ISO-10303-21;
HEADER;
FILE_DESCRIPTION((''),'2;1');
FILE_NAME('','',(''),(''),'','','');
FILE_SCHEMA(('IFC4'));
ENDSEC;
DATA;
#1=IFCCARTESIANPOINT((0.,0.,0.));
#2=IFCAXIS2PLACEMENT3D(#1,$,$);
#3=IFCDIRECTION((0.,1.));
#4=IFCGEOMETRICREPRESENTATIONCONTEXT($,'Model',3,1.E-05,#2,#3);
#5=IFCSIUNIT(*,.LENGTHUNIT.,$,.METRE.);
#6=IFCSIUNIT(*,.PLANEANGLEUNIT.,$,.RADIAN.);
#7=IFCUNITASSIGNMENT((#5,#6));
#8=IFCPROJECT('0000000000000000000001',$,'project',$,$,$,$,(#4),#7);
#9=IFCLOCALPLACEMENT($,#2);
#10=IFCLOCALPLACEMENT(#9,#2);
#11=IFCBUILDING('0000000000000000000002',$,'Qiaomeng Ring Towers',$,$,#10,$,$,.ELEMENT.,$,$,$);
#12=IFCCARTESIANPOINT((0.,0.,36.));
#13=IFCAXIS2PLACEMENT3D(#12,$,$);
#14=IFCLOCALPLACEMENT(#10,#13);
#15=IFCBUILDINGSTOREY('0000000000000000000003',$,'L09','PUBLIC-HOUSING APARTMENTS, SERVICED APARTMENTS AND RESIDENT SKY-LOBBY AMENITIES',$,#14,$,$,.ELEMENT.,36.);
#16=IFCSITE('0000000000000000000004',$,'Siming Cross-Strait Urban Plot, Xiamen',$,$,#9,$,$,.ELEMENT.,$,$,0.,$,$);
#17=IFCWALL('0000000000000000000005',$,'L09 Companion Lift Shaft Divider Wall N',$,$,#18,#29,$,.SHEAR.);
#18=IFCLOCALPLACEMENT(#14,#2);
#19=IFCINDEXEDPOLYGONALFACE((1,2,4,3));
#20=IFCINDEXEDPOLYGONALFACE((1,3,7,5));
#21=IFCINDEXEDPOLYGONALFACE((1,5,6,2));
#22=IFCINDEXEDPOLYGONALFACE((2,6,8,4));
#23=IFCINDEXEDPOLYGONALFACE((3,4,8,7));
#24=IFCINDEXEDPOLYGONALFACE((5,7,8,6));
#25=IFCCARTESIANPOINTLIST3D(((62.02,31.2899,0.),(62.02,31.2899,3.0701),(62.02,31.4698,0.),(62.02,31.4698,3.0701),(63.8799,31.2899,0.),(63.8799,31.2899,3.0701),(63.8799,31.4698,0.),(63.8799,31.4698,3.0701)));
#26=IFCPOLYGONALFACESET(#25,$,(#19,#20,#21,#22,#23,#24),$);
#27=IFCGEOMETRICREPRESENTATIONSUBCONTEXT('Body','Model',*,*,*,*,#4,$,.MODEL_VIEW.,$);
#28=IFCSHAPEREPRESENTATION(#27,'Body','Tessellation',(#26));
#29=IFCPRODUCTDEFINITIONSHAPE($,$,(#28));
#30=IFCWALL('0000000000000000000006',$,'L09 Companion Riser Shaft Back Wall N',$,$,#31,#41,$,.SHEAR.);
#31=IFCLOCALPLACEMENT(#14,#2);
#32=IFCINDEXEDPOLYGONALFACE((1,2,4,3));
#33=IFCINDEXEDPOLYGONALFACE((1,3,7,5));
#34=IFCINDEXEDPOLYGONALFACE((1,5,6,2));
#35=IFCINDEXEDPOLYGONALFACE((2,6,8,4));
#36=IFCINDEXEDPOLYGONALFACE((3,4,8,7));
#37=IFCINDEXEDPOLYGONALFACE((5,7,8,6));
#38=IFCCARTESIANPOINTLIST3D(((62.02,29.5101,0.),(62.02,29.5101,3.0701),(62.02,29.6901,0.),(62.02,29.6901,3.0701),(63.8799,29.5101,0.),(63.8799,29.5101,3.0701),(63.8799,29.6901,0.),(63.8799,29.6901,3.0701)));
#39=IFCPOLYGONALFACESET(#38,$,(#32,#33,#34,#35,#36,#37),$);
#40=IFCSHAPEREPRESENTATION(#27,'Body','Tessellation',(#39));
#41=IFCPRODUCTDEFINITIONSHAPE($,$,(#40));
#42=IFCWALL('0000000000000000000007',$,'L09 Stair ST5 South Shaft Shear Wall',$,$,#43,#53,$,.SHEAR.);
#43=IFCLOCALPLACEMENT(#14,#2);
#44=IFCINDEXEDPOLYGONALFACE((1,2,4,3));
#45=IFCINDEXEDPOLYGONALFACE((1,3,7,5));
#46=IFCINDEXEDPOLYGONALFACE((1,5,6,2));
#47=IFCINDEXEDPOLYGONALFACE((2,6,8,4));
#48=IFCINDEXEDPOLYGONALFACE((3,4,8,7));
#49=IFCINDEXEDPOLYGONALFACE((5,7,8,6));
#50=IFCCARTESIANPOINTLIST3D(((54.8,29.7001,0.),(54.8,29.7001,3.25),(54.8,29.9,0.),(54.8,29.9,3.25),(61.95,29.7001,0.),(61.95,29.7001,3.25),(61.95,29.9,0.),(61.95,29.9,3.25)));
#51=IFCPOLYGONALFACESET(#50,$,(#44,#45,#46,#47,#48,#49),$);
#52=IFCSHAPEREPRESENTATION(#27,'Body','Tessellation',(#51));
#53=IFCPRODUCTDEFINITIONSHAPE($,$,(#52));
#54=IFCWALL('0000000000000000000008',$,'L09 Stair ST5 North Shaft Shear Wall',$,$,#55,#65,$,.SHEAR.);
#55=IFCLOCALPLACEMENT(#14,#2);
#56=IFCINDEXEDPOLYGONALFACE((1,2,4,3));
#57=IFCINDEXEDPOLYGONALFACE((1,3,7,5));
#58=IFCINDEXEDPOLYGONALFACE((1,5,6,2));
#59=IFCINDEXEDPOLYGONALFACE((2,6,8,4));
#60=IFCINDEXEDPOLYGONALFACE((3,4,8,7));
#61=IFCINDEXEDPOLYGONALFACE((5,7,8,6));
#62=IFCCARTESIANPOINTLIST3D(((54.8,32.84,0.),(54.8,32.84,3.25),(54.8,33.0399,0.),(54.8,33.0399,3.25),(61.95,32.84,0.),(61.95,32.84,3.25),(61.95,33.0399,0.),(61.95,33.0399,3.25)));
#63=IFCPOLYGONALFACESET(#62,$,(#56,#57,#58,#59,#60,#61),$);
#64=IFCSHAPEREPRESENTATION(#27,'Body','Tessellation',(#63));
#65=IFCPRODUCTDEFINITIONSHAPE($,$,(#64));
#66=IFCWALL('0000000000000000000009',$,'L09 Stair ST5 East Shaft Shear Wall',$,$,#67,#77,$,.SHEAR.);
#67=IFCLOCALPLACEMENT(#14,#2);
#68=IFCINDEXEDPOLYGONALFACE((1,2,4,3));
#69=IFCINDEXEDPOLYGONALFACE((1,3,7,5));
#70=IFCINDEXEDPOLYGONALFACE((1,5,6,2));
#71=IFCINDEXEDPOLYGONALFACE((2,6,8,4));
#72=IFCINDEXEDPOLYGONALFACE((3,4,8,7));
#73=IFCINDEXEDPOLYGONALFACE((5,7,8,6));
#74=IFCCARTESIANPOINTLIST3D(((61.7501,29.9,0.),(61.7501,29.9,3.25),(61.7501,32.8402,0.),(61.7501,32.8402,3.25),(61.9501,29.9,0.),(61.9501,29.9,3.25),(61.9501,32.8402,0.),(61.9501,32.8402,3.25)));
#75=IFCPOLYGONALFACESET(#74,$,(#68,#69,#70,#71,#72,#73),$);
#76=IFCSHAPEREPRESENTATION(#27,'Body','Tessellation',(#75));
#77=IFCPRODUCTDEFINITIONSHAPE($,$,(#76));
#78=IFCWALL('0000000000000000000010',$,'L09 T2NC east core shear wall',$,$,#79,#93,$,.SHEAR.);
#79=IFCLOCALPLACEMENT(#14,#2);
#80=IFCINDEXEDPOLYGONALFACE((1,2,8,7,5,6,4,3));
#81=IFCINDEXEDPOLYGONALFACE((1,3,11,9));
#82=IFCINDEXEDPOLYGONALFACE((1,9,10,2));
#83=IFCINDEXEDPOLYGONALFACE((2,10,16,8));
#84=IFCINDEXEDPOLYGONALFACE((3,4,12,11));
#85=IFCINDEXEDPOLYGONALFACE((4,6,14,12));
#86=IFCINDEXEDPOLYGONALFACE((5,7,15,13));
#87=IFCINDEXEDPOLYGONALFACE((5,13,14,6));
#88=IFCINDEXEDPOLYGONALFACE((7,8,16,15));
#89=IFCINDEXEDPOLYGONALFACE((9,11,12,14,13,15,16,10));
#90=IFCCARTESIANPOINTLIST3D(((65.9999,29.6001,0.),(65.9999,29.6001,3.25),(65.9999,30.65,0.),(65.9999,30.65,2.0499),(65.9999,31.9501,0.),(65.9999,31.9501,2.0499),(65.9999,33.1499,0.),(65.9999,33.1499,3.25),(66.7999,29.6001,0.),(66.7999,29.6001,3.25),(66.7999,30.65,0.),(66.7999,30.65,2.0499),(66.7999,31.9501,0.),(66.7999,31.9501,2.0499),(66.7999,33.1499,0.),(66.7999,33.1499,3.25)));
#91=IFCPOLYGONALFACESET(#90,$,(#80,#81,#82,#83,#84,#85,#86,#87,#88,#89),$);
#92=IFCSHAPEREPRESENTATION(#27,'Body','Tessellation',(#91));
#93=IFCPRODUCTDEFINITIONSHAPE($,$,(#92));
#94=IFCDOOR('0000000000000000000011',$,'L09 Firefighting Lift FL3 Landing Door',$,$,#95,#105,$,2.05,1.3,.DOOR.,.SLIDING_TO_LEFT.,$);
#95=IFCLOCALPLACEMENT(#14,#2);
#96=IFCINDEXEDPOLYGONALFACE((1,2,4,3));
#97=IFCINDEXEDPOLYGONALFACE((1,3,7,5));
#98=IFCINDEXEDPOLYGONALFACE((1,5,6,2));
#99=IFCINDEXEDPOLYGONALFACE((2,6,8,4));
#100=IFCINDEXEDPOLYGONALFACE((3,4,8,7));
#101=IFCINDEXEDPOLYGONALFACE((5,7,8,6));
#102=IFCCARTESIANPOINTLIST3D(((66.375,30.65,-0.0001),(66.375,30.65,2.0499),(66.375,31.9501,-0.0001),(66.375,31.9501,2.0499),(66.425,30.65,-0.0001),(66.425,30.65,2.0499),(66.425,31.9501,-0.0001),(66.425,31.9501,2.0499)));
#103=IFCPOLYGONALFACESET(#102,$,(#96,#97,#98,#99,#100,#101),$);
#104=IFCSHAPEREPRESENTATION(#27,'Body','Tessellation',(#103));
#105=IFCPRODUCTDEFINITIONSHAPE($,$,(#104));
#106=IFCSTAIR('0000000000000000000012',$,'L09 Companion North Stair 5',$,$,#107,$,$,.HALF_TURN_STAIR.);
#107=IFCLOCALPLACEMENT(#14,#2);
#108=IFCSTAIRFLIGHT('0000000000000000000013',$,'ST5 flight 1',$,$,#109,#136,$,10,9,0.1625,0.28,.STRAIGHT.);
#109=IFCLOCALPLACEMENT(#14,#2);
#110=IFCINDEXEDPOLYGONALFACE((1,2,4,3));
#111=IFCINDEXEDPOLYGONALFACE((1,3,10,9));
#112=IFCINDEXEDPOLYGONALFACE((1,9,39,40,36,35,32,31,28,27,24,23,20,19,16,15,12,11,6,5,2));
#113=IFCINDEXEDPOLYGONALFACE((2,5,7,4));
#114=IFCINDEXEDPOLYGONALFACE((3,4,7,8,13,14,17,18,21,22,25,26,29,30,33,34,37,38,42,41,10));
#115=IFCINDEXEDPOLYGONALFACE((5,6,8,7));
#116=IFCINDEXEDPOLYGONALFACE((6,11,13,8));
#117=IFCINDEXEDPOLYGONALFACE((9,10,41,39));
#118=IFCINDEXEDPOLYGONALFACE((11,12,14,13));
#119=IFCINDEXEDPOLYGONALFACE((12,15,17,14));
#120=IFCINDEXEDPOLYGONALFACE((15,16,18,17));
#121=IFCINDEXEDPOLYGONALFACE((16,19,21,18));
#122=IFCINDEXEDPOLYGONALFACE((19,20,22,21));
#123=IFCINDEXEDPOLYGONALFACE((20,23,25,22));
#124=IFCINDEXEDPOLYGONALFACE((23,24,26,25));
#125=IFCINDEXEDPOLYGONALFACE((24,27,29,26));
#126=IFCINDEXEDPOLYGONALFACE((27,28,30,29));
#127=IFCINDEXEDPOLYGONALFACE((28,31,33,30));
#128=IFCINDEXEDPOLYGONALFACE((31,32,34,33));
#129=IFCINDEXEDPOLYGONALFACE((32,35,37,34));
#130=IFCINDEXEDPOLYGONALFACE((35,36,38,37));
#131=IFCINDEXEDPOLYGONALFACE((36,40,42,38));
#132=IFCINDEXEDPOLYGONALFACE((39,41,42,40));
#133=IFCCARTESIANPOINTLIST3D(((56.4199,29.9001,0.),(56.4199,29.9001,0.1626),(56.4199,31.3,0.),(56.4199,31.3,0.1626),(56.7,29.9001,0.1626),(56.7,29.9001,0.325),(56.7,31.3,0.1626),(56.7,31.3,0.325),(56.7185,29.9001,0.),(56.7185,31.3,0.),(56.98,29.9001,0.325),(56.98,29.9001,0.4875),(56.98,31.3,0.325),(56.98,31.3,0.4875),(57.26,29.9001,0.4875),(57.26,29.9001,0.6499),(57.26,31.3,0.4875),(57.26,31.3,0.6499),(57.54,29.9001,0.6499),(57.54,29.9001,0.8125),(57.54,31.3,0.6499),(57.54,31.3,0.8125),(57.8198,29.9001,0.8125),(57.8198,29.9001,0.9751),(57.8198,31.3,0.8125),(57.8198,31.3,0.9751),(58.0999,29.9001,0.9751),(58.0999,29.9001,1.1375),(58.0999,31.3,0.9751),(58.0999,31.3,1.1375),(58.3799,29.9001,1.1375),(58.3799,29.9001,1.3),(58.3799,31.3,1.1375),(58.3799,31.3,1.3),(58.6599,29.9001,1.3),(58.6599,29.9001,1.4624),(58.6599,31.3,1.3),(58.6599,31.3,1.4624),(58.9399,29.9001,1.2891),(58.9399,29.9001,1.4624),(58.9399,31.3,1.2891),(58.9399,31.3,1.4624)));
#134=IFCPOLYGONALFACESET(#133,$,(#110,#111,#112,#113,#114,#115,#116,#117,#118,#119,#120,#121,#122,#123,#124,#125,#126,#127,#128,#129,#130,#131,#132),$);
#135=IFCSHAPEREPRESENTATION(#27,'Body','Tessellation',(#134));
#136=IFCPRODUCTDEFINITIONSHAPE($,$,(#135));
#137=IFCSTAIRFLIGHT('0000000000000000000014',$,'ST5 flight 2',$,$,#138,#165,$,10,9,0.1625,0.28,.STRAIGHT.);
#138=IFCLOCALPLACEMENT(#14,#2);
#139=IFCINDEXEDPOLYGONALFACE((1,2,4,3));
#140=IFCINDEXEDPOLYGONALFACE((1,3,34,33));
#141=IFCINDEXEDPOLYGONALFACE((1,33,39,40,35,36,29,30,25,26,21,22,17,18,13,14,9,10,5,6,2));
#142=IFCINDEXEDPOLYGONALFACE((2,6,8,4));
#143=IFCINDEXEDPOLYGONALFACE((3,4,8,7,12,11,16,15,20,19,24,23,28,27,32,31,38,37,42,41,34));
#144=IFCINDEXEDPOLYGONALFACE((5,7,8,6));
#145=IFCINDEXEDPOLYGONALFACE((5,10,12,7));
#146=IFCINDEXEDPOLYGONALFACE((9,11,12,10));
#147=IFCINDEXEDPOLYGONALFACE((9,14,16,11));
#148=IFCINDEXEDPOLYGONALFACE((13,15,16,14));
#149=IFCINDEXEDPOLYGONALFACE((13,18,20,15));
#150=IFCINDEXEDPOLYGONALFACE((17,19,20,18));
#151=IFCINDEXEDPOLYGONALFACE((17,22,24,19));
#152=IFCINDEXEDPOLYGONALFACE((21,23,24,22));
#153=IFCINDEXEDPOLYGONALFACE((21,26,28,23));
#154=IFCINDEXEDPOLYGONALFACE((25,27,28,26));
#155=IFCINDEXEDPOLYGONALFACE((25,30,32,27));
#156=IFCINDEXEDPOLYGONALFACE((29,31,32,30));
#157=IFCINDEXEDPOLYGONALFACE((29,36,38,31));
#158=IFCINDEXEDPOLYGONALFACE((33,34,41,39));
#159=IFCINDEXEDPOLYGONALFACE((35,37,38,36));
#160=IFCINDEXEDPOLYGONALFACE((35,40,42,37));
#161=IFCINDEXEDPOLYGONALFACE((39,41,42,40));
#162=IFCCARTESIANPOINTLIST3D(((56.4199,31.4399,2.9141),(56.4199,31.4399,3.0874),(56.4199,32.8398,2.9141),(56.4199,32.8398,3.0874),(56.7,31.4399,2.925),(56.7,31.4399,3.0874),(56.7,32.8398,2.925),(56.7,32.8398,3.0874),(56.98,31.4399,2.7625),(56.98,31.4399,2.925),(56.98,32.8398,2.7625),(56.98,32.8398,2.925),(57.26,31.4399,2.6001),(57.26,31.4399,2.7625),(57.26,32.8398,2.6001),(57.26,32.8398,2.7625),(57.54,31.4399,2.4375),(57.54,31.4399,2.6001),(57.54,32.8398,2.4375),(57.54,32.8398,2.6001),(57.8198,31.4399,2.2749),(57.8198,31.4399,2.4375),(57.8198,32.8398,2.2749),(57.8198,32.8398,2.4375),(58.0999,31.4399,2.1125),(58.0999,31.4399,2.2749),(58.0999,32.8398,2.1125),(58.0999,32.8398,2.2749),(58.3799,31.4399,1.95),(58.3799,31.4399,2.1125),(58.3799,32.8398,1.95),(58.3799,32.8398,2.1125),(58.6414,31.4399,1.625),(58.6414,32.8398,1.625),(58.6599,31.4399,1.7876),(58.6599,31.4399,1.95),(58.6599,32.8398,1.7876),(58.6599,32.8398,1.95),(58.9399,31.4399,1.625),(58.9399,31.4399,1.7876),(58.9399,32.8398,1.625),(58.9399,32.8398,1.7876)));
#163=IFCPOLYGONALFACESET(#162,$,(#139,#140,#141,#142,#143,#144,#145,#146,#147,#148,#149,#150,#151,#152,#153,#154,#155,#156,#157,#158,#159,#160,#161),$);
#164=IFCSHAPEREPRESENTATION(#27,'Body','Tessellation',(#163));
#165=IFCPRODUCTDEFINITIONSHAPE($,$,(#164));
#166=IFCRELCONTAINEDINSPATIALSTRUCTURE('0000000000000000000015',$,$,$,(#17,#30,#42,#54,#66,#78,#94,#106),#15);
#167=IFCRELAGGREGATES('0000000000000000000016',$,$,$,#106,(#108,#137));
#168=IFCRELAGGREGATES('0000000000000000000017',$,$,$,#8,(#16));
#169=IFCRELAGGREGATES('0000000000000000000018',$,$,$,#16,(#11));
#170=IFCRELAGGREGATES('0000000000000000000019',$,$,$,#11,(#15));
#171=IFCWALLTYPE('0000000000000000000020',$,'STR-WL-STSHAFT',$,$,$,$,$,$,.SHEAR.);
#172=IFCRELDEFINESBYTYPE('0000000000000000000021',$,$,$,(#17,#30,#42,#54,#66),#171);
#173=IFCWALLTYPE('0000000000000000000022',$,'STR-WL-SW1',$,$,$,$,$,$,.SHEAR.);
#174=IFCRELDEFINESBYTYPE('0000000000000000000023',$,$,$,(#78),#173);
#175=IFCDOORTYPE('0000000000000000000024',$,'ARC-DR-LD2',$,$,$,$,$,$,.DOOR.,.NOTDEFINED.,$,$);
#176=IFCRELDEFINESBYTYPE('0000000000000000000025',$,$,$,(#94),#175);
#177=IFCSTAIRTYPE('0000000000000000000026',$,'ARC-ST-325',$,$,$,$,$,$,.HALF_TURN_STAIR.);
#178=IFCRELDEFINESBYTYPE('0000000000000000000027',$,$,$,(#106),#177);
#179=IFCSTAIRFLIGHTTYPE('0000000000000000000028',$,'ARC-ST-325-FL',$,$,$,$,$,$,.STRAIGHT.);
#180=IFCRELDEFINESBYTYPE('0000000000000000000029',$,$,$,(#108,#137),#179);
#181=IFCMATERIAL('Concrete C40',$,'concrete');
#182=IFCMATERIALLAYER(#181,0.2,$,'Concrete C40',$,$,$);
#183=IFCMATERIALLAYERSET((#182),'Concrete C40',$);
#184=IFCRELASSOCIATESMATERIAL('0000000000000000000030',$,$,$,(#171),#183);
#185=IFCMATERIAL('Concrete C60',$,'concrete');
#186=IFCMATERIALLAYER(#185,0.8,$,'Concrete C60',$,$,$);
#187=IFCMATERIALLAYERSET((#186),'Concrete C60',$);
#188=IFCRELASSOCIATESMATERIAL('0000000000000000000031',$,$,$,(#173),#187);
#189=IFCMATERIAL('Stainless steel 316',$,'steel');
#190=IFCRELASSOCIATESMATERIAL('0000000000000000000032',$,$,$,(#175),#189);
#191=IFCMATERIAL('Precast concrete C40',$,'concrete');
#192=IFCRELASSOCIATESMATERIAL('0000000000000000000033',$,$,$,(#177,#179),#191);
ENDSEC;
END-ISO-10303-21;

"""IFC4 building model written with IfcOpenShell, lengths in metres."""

from ifc_helpers import new_model, si_unit, direction, frame, frame_2d, origin, place, context, subcontext, project, spatial, polyline, rectangle, outline, extrude, source, transform, mapped, material, layer, layer_set, type_object, element, fill, aggregate, save


model = new_model("IFC4")

# Units and contexts
model_context = context("Model", 3, precision=1e-05, world=origin(), true_north=direction((0.0, 1.0)))
body_context = subcontext(model_context, "Body", "Model", "MODEL_VIEW")
ifc_project = project(units=[si_unit("LENGTHUNIT", "METRE"), si_unit("PLANEANGLEUNIT", "RADIAN")], contexts=[model_context])

# Site, building, storey
site_placement = place(None, origin())
site = spatial("IfcSite", under=ifc_project, at=site_placement, Name="Siming Cross-Strait Urban Plot, Xiamen", CompositionType="ELEMENT", RefElevation=0.0)
building_placement = place(site_placement, origin())
building = spatial("IfcBuilding", under=site, at=building_placement, Name="Qiaomeng Ring Towers", CompositionType="ELEMENT")
storey_placement = place(building_placement, frame((0.0, 0.0, 36.0)))
storey = spatial("IfcBuildingStorey", under=building, at=storey_placement, Name="L09", Description="PUBLIC-HOUSING APARTMENTS, SERVICED APARTMENTS AND RESIDENT SKY-LOBBY AMENITIES", CompositionType="ELEMENT", Elevation=36.0)

# Walls
ifc_material_1 = material(Name="Concrete C40", Category="concrete")
ifc_layer_1 = layer(ifc_material_1, 0.2, Name="Concrete C40")
ifc_layer_set_1 = layer_set([ifc_layer_1], Name="Concrete C40")
wall_type_1 = type_object("IfcWallType", Name="STR-WL-STSHAFT", PredefinedType="SHEAR", material=ifc_layer_set_1)
for number, where, z_axis, x_axis, name in (
    (1, (62.02, 31.3799, 0.0), (0.0, 0.0, 1.0), (1.0, 0.0, 0.0), "L09 Companion Lift Shaft Divider Wall N"),
    (2, (62.02, 29.6001, 0.0), (0.0, 0.0, 1.0), (1.0, 0.0, 0.0), "L09 Companion Riser Shaft Back Wall N"),
):
    element("IfcWall", number, at=place(storey_placement, frame(where, z_axis=z_axis, x_axis=x_axis)), inside=storey, type_object=wall_type_1, Name=name, PredefinedType="SHEAR", context=body_context, shape_type="SweptSolid", body=[
        extrude(rectangle(XDim=1.8599, YDim=0.1799, at=frame_2d((0.9299, 0.0))), origin(), (0.0, 0.0, 1.0), 3.0701),
    ])
for number, where, z_axis, x_axis, name in (
    (3, (54.8, 29.8, 0.0), (0.0, 0.0, 1.0), (1.0, 0.0, 0.0), "L09 Stair ST5 South Shaft Shear Wall"),
    (4, (54.8, 32.9399, 0.0), (0.0, 0.0, 1.0), (1.0, 0.0, 0.0), "L09 Stair ST5 North Shaft Shear Wall"),
):
    element("IfcWall", number, at=place(storey_placement, frame(where, z_axis=z_axis, x_axis=x_axis)), inside=storey, type_object=wall_type_1, Name=name, PredefinedType="SHEAR", context=body_context, shape_type="SweptSolid", body=[
        extrude(rectangle(XDim=7.1499, YDim=0.2, at=frame_2d((3.575, 0.0))), origin(), (0.0, 0.0, 1.0), 3.25),
    ])
wall_1_placement = place(storey_placement, frame((61.8501, 29.8999, 0.0), z_axis=(0.0, 0.0, 1.0), x_axis=(0.0, 1.0, 0.0)))
element("IfcWall", 5, at=wall_1_placement, inside=storey, type_object=wall_type_1, Name="L09 Stair ST5 East Shaft Shear Wall", PredefinedType="SHEAR", context=body_context, shape_type="SweptSolid", body=[
    extrude(rectangle(XDim=2.9402, YDim=0.2, at=frame_2d((1.4702, 0.0))), origin(), (0.0, 0.0, 1.0), 3.25),
])

# Wall, opening, door
ifc_material_2 = material(Name="Concrete C60", Category="concrete")
ifc_layer_2 = layer(ifc_material_2, 0.8, Name="Concrete C60")
ifc_layer_set_2 = layer_set([ifc_layer_2], Name="Concrete C60")
wall_type_2 = type_object("IfcWallType", Name="STR-WL-SW1", PredefinedType="SHEAR", material=ifc_layer_set_2)
wall_2_placement = place(storey_placement, frame((66.3999, 29.6001, 0.0), z_axis=(0.0, 0.0, 1.0), x_axis=(0.0, 1.0, 0.0)))
wall_2 = element("IfcWall", 6, at=wall_2_placement, inside=storey, type_object=wall_type_2, Name="L09 T2NC east core shear wall", PredefinedType="SHEAR", context=body_context, shape_type="SweptSolid", body=[
    extrude(rectangle(XDim=3.5498, YDim=0.8, at=frame_2d((1.7749, 0.0))), origin(), (0.0, 0.0, 1.0), 3.25),
])
opening_placement = place(wall_2_placement, frame((1.05, 0.0, 0.0)))
opening = element("IfcOpeningElement", 7, at=opening_placement, cuts=wall_2, PredefinedType="OPENING", context=body_context, shape_type="SweptSolid", body=[
    extrude(rectangle(XDim=1.3, YDim=2.05, at=frame_2d((0.6499, 1.0249))), frame((0.0, 0.4099, 0.0), z_axis=(0.0, -1.0, 0.0), x_axis=(1.0, 0.0, 0.0)), (0.0, 0.0, 1.0), 0.8201),
])
ifc_material_3 = material(Name="Stainless steel 316", Category="steel")
door_type = type_object("IfcDoorType", Name="ARC-DR-LD2", OperationType="NOTDEFINED", PredefinedType="DOOR", material=ifc_material_3)
shared_shape_1 = source(origin(), body_context, "Body", "SweptSolid", [
    extrude(rectangle(XDim=1.3, YDim=2.05, at=frame_2d((0.6499, 1.0249))), frame((0.0, 0.0249, 0.0), z_axis=(0.0, -1.0, 0.0), x_axis=(1.0, 0.0, 0.0)), (0.0, 0.0, 1.0), 0.05),
])
door_placement = place(opening_placement, origin())
door = element("IfcDoor", 8, at=door_placement, inside=storey, type_object=door_type, Name="L09 Firefighting Lift FL3 Landing Door", OperationType="SLIDING_TO_LEFT", OverallHeight=2.05, OverallWidth=1.3, PredefinedType="DOOR", context=body_context, shape_type="MappedRepresentation", body=[
    mapped(shared_shape_1, transform((0.0, 0.0, 0.0), x_axis=(1.0, 0.0, 0.0), y_axis=(0.0, 1.0, 0.0), z_axis=(0.0, 0.0, 1.0), scale=1.0)),
])
fill(opening, door)

# Stair, stair flights
ifc_material_4 = material(Name="Precast concrete C40", Category="concrete")
stair_type = type_object("IfcStairType", Name="ARC-ST-325", PredefinedType="HALF_TURN_STAIR", material=ifc_material_4)
stair_placement = place(storey_placement, origin())
stair = element("IfcStair", 9, at=stair_placement, inside=storey, type_object=stair_type, Name="L09 Companion North Stair 5", PredefinedType="HALF_TURN_STAIR")
stair_flight_type = type_object("IfcStairFlightType", Name="ARC-ST-325-FL", PredefinedType="STRAIGHT", material=ifc_material_4)
shared_shape_2 = source(origin(), body_context, "Body", "SweptSolid", [
    extrude(outline(polyline([(0.0, 0.0), (0.0, 0.1626), (0.28, 0.1626), (0.28, 0.325), (0.5601, 0.325), (0.5601, 0.4875), (0.8401, 0.4875), (0.8401, 0.6499), (1.1201, 0.6499), (1.1201, 0.8125), (1.3999, 0.8125), (1.3999, 0.9751), (1.6799, 0.9751), (1.6799, 1.1375), (1.96, 1.1375), (1.96, 1.3), (2.24, 1.3), (2.24, 1.4624), (2.52, 1.4624), (2.52, 1.625), (2.52, 1.2891), (0.2986, 0.0), (0.0, 0.0)])), frame((0.0, 0.7, 0.0), z_axis=(0.0, -1.0, 0.0), x_axis=(1.0, 0.0, 0.0)), (0.0, 0.0, 1.0), 1.3999),
])
stair_flight_1_placement = place(storey_placement, frame((56.4199, 30.6001, 0.0), z_axis=(0.0, 0.0, 1.0), x_axis=(1.0, 0.0, 0.0)))
stair_flight_1 = element("IfcStairFlight", 10, at=stair_flight_1_placement, type_object=stair_flight_type, Name="ST5 flight 1", NumberOfRisers=10, NumberOfTreads=9, PredefinedType="STRAIGHT", RiserHeight=0.1625, TreadLength=0.28, context=body_context, shape_type="MappedRepresentation", body=[
    mapped(shared_shape_2, transform((0.0, 0.0, 0.0), x_axis=(1.0, 0.0, 0.0), y_axis=(0.0, 1.0, 0.0), z_axis=(0.0, 0.0, 1.0), scale=1.0)),
])
stair_flight_2_placement = place(storey_placement, frame((58.9399, 32.1399, 1.625), z_axis=(0.0, 0.0, 1.0), x_axis=(-1.0, 0.0, 0.0)))
stair_flight_2 = element("IfcStairFlight", 11, at=stair_flight_2_placement, type_object=stair_flight_type, Name="ST5 flight 2", NumberOfRisers=10, NumberOfTreads=9, PredefinedType="STRAIGHT", RiserHeight=0.1625, TreadLength=0.28, context=body_context, shape_type="MappedRepresentation", body=[
    mapped(shared_shape_2, transform((0.0, 0.0, 0.0), x_axis=(1.0, 0.0, 0.0), y_axis=(0.0, 1.0, 0.0), z_axis=(0.0, 0.0, 1.0), scale=1.0)),
])
aggregate(stair, [stair_flight_1, stair_flight_2])

save(model, "model.ifc")
